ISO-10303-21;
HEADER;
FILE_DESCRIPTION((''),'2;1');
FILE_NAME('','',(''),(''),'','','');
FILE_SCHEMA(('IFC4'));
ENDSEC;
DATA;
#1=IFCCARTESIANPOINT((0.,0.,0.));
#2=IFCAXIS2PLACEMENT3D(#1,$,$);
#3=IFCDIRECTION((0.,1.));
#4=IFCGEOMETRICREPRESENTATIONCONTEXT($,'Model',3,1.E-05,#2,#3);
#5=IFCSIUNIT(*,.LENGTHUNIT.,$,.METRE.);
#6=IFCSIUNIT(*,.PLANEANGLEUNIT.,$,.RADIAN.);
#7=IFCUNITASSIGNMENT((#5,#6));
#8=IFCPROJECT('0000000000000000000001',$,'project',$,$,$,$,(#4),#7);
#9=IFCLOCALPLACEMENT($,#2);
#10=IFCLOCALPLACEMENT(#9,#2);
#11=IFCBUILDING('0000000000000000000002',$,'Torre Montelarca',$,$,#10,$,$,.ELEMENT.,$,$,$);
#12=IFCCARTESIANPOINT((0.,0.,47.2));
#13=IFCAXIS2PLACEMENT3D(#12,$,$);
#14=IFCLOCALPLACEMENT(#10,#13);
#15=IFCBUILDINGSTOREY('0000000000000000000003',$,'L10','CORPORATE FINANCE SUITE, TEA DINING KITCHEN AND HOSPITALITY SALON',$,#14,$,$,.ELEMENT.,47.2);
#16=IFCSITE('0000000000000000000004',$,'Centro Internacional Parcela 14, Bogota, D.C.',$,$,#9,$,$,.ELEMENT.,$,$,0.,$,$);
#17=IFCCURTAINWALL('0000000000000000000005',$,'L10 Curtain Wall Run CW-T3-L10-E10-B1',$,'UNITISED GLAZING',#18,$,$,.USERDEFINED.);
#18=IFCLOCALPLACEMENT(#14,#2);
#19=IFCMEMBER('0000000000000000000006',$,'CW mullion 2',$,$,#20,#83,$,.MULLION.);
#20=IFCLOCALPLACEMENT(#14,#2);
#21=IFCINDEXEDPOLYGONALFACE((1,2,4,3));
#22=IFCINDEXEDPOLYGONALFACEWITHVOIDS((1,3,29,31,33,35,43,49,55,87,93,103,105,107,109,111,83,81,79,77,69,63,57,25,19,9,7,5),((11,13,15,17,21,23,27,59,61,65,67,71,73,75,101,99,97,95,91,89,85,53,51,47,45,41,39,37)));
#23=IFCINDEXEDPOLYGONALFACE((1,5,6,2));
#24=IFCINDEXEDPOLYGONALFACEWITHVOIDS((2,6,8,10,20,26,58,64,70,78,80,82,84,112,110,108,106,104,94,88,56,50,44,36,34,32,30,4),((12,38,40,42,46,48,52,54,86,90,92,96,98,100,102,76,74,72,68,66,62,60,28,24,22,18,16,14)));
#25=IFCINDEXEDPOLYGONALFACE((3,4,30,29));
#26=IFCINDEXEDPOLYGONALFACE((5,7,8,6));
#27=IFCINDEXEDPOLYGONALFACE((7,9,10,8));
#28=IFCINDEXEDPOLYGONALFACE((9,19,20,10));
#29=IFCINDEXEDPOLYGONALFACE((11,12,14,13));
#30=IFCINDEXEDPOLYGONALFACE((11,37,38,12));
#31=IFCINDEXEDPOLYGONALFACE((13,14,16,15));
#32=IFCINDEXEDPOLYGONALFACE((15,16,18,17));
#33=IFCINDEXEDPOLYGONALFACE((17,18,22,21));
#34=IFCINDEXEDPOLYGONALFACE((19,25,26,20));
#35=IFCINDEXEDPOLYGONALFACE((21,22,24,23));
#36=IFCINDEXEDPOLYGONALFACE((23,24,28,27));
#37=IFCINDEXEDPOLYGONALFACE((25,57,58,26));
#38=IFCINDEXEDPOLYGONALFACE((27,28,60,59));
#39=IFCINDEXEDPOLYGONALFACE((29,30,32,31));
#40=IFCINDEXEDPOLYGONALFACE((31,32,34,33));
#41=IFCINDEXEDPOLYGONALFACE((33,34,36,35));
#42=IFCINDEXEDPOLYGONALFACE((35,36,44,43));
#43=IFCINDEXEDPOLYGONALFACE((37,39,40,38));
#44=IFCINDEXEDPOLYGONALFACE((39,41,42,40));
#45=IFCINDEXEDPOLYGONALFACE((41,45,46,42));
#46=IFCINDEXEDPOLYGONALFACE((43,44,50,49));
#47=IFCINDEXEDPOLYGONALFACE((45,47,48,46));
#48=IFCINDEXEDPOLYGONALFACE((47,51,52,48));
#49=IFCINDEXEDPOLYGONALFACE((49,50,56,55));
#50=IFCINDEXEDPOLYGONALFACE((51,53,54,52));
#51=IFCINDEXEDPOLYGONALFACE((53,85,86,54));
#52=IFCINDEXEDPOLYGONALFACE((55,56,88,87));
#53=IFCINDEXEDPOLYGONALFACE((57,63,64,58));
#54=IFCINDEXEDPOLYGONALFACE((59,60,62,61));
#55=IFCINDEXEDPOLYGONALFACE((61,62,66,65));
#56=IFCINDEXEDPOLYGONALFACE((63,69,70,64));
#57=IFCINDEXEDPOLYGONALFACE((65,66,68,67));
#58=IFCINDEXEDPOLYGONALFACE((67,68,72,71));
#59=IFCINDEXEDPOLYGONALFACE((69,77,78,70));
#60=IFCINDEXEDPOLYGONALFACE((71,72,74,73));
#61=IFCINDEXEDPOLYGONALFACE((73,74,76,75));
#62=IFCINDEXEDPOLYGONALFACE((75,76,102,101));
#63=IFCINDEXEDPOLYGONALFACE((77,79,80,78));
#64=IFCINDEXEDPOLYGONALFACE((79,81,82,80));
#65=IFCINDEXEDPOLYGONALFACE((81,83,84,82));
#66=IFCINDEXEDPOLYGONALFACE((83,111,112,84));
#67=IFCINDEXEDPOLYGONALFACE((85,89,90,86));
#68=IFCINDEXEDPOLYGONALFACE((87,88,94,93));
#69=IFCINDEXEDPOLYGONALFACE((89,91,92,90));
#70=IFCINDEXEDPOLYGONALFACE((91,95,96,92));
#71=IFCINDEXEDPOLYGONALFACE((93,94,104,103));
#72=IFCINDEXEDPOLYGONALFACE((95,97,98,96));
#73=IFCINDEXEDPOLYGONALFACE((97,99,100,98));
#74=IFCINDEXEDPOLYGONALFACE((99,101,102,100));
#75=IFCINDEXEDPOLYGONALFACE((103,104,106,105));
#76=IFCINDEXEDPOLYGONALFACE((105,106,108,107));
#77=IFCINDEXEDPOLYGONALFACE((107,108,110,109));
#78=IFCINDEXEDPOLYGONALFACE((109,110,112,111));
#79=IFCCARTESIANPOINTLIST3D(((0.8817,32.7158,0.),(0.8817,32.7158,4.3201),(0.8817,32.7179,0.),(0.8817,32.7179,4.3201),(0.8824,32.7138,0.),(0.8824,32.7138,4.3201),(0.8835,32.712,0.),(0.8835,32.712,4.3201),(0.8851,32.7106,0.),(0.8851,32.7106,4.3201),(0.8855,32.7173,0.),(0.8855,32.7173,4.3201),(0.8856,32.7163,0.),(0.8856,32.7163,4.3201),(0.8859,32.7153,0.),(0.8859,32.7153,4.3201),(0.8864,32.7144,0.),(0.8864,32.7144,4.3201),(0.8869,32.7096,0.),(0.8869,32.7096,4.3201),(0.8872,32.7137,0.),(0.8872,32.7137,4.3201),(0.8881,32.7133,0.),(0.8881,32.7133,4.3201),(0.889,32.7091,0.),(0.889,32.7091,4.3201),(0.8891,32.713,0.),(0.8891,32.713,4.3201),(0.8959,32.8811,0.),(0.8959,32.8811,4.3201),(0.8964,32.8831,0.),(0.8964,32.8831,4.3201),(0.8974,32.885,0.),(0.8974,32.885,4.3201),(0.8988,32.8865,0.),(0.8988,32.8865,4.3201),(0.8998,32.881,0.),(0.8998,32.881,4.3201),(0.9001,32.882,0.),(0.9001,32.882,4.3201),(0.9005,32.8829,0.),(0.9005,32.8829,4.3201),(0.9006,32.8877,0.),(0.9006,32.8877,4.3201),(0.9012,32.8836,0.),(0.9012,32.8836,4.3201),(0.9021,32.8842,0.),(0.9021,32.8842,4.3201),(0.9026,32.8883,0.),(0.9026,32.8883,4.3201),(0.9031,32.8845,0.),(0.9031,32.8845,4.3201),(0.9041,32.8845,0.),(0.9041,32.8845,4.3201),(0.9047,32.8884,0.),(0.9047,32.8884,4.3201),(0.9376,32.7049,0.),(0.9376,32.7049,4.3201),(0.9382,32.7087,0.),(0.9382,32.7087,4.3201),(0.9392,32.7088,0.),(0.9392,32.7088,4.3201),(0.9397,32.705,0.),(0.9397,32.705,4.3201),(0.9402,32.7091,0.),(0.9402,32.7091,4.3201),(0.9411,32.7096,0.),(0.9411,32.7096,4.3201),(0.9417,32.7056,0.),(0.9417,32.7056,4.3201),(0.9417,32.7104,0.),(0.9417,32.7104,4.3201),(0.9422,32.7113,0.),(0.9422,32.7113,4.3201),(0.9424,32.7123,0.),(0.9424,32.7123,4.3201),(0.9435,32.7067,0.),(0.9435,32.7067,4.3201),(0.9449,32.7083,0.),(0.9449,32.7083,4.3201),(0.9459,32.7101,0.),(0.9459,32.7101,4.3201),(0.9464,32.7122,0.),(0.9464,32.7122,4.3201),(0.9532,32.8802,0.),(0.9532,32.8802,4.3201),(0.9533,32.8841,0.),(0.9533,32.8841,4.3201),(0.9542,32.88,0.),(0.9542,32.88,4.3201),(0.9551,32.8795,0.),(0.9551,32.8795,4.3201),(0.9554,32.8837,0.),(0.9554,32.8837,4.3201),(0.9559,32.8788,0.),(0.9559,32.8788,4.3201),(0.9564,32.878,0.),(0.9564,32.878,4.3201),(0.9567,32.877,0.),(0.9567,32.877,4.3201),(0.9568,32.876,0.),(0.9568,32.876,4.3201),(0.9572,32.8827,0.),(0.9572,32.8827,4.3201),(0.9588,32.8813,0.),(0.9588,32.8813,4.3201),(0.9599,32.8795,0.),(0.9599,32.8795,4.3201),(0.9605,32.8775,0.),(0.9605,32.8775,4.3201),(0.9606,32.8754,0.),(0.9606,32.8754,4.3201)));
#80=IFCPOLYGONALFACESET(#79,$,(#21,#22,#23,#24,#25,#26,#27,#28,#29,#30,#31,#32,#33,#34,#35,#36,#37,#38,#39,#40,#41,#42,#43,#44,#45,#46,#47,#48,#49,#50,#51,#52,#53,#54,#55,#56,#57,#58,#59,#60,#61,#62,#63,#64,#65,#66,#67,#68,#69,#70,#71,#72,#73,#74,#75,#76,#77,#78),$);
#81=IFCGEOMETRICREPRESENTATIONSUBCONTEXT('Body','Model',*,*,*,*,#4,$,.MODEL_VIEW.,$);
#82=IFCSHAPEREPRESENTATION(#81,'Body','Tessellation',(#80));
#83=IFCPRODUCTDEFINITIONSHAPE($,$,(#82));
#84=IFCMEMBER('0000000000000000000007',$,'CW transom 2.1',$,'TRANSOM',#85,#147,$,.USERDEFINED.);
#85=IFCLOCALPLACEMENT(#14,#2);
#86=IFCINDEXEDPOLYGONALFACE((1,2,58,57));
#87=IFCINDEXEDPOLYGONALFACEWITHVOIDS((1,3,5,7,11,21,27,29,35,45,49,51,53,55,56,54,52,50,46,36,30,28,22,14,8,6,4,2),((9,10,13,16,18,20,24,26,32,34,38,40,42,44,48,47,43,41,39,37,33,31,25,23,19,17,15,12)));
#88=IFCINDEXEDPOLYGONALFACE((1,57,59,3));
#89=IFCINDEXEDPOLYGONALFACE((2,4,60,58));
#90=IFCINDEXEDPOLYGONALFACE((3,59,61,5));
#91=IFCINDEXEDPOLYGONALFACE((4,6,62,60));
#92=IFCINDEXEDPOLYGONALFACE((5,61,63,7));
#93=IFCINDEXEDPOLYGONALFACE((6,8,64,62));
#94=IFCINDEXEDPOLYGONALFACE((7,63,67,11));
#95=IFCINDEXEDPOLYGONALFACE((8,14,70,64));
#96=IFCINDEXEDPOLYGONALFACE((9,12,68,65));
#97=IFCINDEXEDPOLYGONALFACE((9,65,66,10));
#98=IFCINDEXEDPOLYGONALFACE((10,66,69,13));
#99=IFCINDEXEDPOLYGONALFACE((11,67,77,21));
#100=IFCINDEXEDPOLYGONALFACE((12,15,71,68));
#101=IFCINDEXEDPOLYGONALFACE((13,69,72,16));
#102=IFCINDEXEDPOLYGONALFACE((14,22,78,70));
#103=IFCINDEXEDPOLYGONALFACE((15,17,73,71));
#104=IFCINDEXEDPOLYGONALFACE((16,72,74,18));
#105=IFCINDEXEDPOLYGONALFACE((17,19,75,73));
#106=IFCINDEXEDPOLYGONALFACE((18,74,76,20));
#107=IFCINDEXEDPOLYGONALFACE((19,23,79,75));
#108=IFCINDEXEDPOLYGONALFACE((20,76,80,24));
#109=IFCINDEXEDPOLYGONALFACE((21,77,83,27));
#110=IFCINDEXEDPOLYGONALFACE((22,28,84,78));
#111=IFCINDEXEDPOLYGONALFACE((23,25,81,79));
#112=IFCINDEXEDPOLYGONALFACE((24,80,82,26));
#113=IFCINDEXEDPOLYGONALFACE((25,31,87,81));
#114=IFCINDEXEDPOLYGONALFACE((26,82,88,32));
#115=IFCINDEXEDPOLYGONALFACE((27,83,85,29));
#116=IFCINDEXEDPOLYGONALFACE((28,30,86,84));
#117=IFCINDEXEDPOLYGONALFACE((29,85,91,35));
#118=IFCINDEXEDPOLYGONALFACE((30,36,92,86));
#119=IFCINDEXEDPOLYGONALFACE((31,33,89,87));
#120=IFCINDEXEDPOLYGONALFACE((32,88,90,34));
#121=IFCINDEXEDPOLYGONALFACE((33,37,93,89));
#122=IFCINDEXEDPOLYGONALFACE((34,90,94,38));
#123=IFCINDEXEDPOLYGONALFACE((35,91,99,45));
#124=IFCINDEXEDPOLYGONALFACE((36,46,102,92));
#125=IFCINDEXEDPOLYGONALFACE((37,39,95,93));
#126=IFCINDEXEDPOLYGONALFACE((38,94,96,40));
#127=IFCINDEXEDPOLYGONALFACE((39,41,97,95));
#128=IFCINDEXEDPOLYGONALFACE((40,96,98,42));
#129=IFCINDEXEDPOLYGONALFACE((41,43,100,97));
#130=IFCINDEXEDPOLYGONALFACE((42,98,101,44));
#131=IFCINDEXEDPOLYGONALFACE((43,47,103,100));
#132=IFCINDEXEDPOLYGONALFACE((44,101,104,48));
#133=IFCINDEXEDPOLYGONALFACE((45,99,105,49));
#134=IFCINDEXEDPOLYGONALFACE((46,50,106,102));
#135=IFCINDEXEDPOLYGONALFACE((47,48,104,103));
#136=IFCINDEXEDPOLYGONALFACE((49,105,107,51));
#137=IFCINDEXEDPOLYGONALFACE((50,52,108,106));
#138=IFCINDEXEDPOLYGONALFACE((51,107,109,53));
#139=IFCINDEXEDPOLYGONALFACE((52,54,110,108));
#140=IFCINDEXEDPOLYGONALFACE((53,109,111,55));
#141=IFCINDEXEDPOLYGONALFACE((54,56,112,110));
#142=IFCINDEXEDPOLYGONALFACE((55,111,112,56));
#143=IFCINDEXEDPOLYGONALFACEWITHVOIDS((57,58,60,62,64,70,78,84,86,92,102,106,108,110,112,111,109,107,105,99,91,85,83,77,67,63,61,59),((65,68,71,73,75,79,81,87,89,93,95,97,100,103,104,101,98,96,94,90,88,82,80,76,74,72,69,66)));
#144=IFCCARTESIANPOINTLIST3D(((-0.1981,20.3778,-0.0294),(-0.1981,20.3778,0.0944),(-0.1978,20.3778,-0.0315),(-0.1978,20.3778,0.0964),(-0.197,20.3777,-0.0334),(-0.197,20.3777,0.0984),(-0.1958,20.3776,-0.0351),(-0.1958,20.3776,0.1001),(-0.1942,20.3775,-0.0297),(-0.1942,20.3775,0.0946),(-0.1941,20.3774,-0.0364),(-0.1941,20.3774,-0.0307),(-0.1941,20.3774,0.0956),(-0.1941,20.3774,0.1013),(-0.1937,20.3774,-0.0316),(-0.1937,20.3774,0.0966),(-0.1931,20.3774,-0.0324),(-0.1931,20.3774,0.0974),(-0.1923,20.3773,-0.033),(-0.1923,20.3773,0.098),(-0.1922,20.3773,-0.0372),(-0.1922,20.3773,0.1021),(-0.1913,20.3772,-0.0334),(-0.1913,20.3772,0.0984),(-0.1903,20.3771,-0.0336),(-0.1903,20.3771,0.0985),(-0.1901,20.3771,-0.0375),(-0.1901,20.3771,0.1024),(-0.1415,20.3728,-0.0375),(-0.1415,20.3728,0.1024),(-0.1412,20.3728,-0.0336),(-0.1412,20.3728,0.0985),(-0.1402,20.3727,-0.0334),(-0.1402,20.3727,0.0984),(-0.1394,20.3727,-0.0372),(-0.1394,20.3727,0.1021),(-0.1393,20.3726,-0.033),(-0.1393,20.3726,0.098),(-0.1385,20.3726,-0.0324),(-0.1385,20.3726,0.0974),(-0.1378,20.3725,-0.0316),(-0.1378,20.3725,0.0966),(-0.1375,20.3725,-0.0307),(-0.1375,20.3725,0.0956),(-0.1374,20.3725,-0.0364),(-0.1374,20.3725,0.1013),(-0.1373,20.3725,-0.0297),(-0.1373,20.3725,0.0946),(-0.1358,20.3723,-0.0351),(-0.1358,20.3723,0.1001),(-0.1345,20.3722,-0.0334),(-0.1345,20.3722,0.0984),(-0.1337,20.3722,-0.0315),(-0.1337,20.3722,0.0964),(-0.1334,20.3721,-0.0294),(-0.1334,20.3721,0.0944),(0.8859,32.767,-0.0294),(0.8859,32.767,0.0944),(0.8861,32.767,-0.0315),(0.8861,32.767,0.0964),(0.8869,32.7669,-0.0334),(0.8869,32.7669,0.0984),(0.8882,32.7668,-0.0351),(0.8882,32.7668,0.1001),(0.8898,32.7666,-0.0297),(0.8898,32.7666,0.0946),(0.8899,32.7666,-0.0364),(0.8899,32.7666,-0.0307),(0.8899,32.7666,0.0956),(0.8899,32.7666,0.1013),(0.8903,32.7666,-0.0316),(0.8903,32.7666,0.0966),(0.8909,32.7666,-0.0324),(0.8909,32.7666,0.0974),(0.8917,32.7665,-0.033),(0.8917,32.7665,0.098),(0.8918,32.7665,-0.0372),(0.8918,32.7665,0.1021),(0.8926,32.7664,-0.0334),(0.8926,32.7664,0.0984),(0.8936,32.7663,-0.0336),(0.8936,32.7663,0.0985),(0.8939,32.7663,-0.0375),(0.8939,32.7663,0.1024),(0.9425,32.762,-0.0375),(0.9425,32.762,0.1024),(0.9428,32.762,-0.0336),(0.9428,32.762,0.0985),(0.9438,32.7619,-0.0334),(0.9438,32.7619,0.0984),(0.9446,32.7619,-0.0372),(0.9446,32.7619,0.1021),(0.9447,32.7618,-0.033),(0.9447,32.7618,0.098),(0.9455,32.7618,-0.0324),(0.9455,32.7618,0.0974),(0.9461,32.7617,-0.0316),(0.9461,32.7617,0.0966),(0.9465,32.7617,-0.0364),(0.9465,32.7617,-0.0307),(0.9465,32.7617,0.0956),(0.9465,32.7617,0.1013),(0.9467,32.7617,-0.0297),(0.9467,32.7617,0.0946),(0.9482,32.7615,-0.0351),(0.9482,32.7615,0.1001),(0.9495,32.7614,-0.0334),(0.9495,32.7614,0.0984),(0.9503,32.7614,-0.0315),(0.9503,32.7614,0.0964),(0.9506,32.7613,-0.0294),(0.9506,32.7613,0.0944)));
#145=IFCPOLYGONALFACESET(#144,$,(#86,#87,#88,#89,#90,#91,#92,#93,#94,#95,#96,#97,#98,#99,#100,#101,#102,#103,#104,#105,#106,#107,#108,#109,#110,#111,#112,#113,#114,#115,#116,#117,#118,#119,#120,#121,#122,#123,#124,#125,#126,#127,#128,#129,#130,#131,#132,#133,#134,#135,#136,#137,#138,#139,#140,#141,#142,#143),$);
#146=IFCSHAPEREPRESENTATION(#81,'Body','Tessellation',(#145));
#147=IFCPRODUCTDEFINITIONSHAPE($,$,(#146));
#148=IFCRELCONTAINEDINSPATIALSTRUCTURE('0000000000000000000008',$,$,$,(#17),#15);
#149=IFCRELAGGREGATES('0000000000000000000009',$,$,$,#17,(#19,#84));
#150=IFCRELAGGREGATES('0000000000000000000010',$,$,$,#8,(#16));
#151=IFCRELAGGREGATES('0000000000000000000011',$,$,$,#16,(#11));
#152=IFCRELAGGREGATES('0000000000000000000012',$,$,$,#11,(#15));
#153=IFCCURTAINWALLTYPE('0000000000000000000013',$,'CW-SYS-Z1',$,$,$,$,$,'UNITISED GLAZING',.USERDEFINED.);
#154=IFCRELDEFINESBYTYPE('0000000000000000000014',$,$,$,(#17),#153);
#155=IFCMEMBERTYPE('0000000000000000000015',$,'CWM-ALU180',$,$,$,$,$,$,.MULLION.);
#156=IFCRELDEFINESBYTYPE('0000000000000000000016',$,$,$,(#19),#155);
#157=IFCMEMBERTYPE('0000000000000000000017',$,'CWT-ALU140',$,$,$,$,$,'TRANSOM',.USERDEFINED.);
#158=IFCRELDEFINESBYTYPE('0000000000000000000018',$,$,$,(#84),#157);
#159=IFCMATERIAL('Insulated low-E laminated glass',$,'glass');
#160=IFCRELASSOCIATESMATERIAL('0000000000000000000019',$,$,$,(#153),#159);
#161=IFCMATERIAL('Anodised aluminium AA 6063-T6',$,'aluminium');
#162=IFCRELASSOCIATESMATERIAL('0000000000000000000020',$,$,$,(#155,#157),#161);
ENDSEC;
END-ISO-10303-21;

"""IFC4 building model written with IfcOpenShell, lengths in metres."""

from ifc_helpers import new_model, si_unit, direction, frame, origin, origin_2d, place, context, subcontext, project, spatial, hollow_rectangle, extrude, source, transform, mapped, material, material_profile, profile_set, type_object, element, aggregate, save


model = new_model("IFC4")

# Units and contexts
model_context = context("Model", 3, precision=1e-05, world=origin(), true_north=direction((0.0, 1.0)))
body_context = subcontext(model_context, "Body", "Model", "MODEL_VIEW")
ifc_project = project(units=[si_unit("LENGTHUNIT", "METRE"), si_unit("PLANEANGLEUNIT", "RADIAN")], contexts=[model_context])

# Site, building, storey
site_placement = place(None, origin())
site = spatial("IfcSite", under=ifc_project, at=site_placement, Name="Centro Internacional Parcela 14, Bogota, D.C.", CompositionType="ELEMENT", RefElevation=0.0)
building_placement = place(site_placement, origin())
building = spatial("IfcBuilding", under=site, at=building_placement, Name="Torre Montelarca", CompositionType="ELEMENT")
storey_placement = place(building_placement, frame((0.0, 0.0, 47.2)))
storey = spatial("IfcBuildingStorey", under=building, at=storey_placement, Name="L10", Description="CORPORATE FINANCE SUITE, TEA DINING KITCHEN AND HOSPITALITY SALON", CompositionType="ELEMENT", Elevation=47.2)

# Curtain wall, members
ifc_material_1 = material(Name="Insulated low-E laminated glass", Category="glass")
curtain_wall_type = type_object("IfcCurtainWallType", Name="CW-SYS-Z1", ElementType="UNITISED GLAZING", PredefinedType="USERDEFINED", material=ifc_material_1)
curtain_wall_placement = place(storey_placement, origin())
curtain_wall = element("IfcCurtainWall", 1, at=curtain_wall_placement, inside=storey, type_object=curtain_wall_type, Name="L10 Curtain Wall Run CW-T3-L10-E10-B1", ObjectType="UNITISED GLAZING", PredefinedType="USERDEFINED")
ifc_material_2 = material(Name="Anodised aluminium AA 6063-T6", Category="aluminium")
ifc_material_profile_1 = material_profile(ifc_material_2, hollow_rectangle(XDim=0.0649, YDim=0.1799, WallThickness=0.0039, InnerFilletRadius=0.0039, OuterFilletRadius=0.0081, at=origin_2d()), Name="ALU65X180X4", Category="aluminium")
ifc_profile_set_1 = profile_set([ifc_material_profile_1], Name="Anodised aluminium AA 6063-T6")
member_type_1 = type_object("IfcMemberType", Name="CWM-ALU180", PredefinedType="MULLION", material=ifc_profile_set_1)
shared_shape_1 = source(origin(), body_context, "Body", "SweptSolid", [
    extrude(hollow_rectangle(XDim=0.0649, YDim=0.1799, WallThickness=0.0039, InnerFilletRadius=0.0039, OuterFilletRadius=0.0081, at=origin_2d()), origin(), (0.0, 0.0, 1.0), 4.3201),
])
member_1_placement = place(storey_placement, frame((0.9211, 32.7966, 0.0), z_axis=(0.0, 0.0, 1.0), x_axis=(0.996194, -0.087162, 0.0)))
member_1 = element("IfcMember", 2, at=member_1_placement, type_object=member_type_1, Name="CW mullion 2", PredefinedType="MULLION", context=body_context, shape_type="MappedRepresentation", body=[
    mapped(shared_shape_1, transform((0.0, 0.0, 0.0), scale=1.0)),
])
ifc_material_profile_2 = material_profile(ifc_material_2, hollow_rectangle(XDim=0.0649, YDim=0.1399, WallThickness=0.0039, InnerFilletRadius=0.0039, OuterFilletRadius=0.0081, at=origin_2d()), Name="ALU65X140X4", Category="aluminium")
ifc_profile_set_2 = profile_set([ifc_material_profile_2], Name="Anodised aluminium AA 6063-T6")
member_type_2 = type_object("IfcMemberType", Name="CWT-ALU140", ElementType="TRANSOM", PredefinedType="USERDEFINED", material=ifc_profile_set_2)
shared_shape_2 = source(origin(), body_context, "Body", "SweptSolid", [
    extrude(hollow_rectangle(XDim=0.0649, YDim=0.1399, WallThickness=0.0039, InnerFilletRadius=0.0039, OuterFilletRadius=0.0081, at=origin_2d()), origin(), (0.0, 0.0, 1.0), 12.4365),
])
member_2_placement = place(storey_placement, frame((0.9182, 32.7642, 0.0325), z_axis=(-0.087162, -0.996194, 0.0), x_axis=(0.996194, -0.087162, 0.0)))
member_2 = element("IfcMember", 3, at=member_2_placement, type_object=member_type_2, Name="CW transom 2.1", ObjectType="TRANSOM", PredefinedType="USERDEFINED", context=body_context, shape_type="MappedRepresentation", body=[
    mapped(shared_shape_2, transform((0.0, 0.0, 0.0), scale=1.0)),
])
aggregate(curtain_wall, [member_1, member_2])

save(model, "model.ifc")
